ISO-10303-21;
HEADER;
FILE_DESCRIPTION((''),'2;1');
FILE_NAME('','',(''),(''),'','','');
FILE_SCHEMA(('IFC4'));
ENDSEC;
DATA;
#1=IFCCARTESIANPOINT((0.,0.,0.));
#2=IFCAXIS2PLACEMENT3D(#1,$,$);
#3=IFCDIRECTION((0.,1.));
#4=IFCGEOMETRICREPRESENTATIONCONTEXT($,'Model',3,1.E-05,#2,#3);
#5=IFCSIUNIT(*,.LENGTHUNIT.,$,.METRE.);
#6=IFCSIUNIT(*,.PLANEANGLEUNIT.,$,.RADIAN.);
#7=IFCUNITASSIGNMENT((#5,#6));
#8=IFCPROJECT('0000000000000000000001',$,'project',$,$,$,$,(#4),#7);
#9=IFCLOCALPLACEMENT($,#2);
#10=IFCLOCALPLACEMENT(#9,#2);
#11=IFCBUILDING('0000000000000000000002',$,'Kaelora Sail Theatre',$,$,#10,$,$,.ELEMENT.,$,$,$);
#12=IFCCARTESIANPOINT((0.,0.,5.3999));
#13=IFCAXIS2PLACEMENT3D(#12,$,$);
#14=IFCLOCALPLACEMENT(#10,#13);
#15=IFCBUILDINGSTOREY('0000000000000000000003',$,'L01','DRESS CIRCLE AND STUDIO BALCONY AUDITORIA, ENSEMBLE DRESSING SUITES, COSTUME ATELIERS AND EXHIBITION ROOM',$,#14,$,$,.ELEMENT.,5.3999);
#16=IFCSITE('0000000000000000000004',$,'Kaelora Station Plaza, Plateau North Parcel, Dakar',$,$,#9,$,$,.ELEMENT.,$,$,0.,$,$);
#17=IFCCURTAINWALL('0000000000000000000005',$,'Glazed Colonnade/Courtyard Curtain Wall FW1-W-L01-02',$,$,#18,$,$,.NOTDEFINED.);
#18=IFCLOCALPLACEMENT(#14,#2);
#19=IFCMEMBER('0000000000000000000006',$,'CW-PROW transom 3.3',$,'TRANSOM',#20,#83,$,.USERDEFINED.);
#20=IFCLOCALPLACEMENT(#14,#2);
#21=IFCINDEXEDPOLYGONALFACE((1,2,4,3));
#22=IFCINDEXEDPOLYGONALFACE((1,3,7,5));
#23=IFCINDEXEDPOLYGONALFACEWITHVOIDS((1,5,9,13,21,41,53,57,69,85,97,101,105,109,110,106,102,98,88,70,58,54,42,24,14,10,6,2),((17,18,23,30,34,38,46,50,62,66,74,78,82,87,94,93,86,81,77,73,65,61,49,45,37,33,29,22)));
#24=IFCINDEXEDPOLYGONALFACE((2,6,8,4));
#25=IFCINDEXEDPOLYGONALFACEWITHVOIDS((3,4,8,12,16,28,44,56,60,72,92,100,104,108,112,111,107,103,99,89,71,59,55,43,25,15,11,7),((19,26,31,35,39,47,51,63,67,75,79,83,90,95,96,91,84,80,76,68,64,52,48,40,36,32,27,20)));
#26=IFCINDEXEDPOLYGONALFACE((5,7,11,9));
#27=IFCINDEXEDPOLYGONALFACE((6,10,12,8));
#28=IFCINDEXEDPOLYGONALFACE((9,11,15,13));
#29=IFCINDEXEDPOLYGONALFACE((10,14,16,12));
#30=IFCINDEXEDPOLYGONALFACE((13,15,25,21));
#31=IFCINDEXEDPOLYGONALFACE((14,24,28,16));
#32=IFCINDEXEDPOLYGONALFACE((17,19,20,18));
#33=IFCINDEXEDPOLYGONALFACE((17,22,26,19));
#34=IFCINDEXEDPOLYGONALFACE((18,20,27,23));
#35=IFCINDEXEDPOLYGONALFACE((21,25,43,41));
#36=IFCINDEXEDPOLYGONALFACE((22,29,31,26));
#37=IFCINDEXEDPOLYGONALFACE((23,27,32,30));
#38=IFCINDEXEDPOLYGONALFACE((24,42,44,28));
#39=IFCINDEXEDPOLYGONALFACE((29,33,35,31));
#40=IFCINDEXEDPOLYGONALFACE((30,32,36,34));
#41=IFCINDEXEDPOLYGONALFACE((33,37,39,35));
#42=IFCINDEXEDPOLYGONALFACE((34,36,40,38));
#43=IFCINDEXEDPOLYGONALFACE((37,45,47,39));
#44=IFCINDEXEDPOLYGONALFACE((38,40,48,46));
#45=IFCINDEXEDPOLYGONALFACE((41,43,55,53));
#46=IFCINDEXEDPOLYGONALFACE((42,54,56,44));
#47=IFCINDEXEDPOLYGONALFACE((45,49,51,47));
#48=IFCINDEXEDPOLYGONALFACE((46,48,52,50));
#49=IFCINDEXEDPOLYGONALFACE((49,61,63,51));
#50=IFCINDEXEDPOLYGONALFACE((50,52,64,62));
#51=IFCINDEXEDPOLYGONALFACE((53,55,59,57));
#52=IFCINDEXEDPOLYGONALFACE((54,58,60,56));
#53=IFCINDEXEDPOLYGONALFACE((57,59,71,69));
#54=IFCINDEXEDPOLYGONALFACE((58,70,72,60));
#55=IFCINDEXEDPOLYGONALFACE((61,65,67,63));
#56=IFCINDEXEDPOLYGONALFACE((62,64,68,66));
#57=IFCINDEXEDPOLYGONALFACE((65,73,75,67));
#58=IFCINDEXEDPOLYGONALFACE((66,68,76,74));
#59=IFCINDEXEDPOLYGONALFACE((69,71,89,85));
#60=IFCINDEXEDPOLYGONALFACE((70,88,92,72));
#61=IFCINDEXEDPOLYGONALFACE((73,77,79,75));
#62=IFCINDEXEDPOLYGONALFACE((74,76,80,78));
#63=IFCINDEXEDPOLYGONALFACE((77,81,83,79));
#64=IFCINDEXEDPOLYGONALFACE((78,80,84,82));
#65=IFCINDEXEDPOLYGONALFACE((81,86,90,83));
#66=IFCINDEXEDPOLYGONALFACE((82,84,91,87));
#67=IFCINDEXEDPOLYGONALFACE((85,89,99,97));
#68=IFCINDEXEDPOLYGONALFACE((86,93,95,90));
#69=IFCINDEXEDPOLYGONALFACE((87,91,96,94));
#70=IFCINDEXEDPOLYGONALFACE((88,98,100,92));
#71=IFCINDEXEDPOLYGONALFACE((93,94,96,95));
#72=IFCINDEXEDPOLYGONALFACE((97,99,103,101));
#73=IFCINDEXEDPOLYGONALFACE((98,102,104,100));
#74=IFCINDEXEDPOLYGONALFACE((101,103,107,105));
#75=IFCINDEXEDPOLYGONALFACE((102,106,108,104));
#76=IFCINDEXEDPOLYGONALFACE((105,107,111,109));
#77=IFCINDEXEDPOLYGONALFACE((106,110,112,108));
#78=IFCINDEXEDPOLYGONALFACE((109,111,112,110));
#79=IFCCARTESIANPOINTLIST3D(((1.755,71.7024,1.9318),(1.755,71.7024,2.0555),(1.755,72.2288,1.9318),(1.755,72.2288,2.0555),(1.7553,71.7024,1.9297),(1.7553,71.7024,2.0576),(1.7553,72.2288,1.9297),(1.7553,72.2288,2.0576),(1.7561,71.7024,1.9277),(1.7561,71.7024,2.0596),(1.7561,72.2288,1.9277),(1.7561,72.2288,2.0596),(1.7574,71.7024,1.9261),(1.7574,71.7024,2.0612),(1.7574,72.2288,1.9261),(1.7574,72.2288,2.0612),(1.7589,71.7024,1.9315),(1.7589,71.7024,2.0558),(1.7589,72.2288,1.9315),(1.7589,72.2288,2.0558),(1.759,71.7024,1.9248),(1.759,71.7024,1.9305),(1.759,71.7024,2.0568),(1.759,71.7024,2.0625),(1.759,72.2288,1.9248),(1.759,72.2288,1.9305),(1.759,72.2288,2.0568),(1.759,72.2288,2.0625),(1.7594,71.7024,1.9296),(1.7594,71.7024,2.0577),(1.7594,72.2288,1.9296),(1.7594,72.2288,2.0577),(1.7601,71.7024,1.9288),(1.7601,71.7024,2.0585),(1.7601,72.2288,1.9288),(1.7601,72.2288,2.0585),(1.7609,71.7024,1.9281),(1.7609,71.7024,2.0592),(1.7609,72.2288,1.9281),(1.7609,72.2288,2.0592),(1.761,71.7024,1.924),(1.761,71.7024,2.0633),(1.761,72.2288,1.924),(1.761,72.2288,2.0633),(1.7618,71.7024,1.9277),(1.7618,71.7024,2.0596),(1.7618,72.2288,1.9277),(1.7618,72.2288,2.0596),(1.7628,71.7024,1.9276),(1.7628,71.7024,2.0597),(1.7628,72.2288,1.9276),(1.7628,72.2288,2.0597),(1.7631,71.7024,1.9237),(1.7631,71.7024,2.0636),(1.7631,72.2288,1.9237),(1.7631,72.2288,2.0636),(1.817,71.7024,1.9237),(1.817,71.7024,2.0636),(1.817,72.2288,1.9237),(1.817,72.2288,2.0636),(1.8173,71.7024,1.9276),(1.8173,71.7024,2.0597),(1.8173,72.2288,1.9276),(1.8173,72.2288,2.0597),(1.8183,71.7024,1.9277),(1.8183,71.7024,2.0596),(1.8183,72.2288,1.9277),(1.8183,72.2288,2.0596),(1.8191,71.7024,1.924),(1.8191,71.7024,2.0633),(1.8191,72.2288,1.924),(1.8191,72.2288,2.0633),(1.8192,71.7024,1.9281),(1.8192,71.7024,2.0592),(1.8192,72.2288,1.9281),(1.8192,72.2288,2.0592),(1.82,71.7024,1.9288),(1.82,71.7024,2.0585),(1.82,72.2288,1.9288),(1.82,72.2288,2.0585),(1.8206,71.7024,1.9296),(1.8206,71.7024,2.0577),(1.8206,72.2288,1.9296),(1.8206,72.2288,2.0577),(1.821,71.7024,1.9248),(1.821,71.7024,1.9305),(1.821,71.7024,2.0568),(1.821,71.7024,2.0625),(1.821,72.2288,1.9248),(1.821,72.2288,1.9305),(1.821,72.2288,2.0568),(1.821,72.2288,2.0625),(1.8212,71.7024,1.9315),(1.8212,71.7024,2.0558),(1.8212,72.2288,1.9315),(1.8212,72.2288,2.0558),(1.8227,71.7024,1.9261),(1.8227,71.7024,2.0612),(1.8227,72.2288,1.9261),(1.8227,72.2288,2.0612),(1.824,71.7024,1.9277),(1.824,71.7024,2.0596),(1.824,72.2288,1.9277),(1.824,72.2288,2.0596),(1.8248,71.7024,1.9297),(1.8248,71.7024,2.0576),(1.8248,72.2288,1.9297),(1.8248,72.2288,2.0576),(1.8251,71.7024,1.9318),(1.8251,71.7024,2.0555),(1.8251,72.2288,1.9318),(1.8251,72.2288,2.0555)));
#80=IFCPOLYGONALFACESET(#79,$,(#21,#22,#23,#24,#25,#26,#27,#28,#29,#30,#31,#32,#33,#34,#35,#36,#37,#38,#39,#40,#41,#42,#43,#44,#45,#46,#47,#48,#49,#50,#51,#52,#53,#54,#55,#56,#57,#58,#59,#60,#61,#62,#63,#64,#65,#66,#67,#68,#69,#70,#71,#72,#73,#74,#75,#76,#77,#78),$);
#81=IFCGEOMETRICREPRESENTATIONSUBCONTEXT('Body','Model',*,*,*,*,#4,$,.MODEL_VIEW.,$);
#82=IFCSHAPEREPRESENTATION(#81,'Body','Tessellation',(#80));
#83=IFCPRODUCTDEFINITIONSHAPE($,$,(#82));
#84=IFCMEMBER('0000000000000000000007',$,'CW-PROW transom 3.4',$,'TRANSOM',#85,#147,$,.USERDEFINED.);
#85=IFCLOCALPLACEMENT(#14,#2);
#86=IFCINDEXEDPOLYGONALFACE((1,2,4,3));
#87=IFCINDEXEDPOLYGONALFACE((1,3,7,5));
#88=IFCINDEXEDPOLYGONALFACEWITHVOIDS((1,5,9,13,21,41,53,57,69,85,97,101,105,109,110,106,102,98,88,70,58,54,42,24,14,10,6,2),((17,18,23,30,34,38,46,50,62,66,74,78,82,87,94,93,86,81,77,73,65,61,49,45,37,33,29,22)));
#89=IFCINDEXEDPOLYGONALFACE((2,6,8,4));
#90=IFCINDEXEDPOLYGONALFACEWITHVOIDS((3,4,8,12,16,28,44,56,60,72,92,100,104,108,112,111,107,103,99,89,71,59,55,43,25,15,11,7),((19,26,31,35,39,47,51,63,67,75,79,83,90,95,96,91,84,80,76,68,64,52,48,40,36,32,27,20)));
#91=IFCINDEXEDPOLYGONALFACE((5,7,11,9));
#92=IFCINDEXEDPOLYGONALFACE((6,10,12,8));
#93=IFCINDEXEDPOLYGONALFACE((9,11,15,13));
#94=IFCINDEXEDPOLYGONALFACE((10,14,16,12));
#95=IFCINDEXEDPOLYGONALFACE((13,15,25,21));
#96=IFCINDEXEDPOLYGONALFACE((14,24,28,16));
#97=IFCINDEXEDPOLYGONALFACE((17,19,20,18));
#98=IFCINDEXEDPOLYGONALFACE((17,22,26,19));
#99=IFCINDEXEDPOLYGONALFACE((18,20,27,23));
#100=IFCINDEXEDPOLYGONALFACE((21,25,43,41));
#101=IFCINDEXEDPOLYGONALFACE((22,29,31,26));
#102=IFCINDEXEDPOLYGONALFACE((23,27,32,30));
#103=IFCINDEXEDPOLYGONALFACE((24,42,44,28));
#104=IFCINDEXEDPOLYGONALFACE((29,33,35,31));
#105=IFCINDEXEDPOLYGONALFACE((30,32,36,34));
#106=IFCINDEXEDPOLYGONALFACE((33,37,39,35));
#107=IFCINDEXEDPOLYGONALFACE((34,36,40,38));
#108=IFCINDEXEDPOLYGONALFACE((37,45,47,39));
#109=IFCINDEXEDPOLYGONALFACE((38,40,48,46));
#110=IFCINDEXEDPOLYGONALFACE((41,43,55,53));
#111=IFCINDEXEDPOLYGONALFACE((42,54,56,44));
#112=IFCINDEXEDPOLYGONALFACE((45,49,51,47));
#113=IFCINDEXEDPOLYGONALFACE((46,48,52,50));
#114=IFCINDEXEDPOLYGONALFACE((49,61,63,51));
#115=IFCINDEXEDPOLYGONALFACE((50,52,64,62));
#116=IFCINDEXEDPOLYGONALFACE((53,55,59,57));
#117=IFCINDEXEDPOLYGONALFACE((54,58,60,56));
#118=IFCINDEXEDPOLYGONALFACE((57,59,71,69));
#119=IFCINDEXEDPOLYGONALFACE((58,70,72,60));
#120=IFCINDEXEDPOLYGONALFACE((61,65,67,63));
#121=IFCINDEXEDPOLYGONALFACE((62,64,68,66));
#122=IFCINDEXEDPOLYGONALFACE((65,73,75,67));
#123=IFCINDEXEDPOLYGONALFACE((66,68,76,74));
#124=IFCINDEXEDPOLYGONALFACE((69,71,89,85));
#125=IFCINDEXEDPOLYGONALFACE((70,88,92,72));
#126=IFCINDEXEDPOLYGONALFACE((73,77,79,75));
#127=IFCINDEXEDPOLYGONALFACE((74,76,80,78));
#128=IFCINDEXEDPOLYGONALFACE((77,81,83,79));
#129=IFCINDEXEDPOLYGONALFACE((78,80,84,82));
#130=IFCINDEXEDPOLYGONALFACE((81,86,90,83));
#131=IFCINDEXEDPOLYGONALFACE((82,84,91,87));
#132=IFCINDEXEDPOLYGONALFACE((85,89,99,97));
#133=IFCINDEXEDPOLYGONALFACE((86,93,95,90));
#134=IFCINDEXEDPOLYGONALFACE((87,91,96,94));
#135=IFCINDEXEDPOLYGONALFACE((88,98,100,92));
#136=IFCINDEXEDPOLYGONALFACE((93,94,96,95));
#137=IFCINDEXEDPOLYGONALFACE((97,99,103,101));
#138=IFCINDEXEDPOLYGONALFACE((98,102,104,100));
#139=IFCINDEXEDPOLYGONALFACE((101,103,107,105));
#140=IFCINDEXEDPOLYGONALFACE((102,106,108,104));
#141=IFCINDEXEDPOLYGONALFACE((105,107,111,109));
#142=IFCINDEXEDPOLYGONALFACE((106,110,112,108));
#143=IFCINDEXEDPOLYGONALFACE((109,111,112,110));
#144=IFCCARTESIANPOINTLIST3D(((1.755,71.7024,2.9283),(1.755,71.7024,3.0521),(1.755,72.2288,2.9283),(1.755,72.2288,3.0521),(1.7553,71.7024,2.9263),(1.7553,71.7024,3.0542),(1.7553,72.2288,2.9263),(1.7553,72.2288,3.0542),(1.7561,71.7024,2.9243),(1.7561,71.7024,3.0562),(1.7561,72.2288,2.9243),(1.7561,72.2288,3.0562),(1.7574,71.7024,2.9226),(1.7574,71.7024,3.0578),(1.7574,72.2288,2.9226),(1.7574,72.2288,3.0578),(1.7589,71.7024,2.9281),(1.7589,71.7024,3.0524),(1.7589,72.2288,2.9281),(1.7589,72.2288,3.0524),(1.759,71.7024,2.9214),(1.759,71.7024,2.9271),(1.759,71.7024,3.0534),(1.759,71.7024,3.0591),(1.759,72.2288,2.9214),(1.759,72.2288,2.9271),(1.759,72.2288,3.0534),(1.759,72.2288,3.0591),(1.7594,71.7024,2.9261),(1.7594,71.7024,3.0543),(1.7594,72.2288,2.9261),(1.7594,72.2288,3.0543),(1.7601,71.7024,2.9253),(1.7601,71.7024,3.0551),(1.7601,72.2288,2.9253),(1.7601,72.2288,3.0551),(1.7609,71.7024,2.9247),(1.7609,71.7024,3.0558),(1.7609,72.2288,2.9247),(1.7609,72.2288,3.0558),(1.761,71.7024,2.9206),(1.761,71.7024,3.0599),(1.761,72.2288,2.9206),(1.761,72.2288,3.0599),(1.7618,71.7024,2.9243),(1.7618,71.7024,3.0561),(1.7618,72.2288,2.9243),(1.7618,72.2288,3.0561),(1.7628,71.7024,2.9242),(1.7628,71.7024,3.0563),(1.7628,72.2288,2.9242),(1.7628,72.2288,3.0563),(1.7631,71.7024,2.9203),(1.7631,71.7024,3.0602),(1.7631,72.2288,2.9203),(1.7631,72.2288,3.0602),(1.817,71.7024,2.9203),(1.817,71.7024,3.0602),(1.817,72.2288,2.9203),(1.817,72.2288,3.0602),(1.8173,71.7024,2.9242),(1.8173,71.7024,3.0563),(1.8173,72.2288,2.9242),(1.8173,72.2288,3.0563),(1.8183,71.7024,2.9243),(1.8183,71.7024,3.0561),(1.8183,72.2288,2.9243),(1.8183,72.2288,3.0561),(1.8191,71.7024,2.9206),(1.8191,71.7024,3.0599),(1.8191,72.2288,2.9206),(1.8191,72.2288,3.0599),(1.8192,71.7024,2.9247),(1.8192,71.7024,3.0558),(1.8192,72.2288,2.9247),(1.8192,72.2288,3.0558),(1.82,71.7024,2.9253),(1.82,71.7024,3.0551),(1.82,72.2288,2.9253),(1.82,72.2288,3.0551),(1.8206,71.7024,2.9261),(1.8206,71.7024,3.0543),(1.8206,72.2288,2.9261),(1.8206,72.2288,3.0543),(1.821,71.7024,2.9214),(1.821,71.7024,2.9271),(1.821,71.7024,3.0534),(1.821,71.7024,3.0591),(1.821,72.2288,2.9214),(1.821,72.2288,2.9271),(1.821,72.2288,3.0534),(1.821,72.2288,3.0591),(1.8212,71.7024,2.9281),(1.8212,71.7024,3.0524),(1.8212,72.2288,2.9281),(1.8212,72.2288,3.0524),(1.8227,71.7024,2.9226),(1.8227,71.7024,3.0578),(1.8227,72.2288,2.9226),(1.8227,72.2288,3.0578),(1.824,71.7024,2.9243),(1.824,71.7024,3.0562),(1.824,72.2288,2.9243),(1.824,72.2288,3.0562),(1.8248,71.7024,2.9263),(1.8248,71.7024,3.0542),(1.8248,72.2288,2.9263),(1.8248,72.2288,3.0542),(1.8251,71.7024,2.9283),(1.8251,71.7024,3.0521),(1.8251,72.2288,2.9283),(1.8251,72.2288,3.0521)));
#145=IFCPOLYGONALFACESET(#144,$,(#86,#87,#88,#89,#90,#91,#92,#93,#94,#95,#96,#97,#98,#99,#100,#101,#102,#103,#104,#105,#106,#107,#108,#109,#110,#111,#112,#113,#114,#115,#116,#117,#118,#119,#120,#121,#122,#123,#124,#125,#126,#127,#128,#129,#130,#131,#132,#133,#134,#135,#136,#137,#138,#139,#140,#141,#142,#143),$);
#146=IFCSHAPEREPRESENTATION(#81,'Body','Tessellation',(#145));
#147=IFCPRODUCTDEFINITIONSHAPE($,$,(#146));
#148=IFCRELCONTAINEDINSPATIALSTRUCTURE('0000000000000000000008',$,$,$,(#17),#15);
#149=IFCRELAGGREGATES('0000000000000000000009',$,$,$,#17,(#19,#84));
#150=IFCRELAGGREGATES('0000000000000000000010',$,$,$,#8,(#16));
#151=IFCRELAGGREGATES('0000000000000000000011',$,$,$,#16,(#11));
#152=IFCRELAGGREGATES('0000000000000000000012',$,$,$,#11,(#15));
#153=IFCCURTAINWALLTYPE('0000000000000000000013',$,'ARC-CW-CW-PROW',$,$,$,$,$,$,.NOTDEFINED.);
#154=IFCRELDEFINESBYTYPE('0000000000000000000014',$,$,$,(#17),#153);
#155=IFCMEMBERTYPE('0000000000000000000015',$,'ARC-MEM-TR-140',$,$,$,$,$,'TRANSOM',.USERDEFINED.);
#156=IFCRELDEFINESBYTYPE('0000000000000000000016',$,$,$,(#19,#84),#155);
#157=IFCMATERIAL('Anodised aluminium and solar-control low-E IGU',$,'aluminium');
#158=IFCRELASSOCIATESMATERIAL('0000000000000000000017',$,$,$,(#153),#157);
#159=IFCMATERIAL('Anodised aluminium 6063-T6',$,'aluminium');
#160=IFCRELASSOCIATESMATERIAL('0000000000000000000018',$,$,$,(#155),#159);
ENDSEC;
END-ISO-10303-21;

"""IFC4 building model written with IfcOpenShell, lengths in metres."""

from ifc_helpers import new_model, si_unit, direction, frame, origin, origin_2d, place, context, subcontext, project, spatial, hollow_rectangle, extrude, material, material_profile, profile_set, type_object, element, aggregate, save


model = new_model("IFC4")

# Units and contexts
model_context = context("Model", 3, precision=1e-05, world=origin(), true_north=direction((0.0, 1.0)))
body_context = subcontext(model_context, "Body", "Model", "MODEL_VIEW")
ifc_project = project(units=[si_unit("LENGTHUNIT", "METRE"), si_unit("PLANEANGLEUNIT", "RADIAN")], contexts=[model_context])

# Site, building, storey
site_placement = place(None, origin())
site = spatial("IfcSite", under=ifc_project, at=site_placement, Name="Kaelora Station Plaza, Plateau North Parcel, Dakar", CompositionType="ELEMENT", RefElevation=0.0)
building_placement = place(site_placement, origin())
building = spatial("IfcBuilding", under=site, at=building_placement, Name="Kaelora Sail Theatre", CompositionType="ELEMENT")
storey_placement = place(building_placement, frame((0.0, 0.0, 5.3999)))
storey = spatial("IfcBuildingStorey", under=building, at=storey_placement, Name="L01", Description="DRESS CIRCLE AND STUDIO BALCONY AUDITORIA, ENSEMBLE DRESSING SUITES, COSTUME ATELIERS AND EXHIBITION ROOM", CompositionType="ELEMENT", Elevation=5.3999)

# Curtain wall, members
ifc_material_1 = material(Name="Anodised aluminium and solar-control low-E IGU", Category="aluminium")
curtain_wall_type = type_object("IfcCurtainWallType", Name="ARC-CW-CW-PROW", PredefinedType="NOTDEFINED", material=ifc_material_1)
ifc_material_2 = material(Name="Anodised aluminium 6063-T6", Category="aluminium")
ifc_material_profile = material_profile(ifc_material_2, hollow_rectangle(XDim=0.0701, YDim=0.1399, WallThickness=0.0039, InnerFilletRadius=0.0039, OuterFilletRadius=0.0081, at=origin_2d()), Name="ALU-TRAN 70x140x4")
ifc_profile_set = profile_set([ifc_material_profile], Name="Anodised aluminium 6063-T6")
member_type = type_object("IfcMemberType", Name="ARC-MEM-TR-140", ElementType="TRANSOM", PredefinedType="USERDEFINED", material=ifc_profile_set)
curtain_wall_1_placement = place(storey_placement, origin())
curtain_wall_1 = element("IfcCurtainWall", 1, at=curtain_wall_1_placement, inside=storey, type_object=curtain_wall_type, Name="Glazed Colonnade/Courtyard Curtain Wall FW1-W-L01-02", PredefinedType="NOTDEFINED")
member_1_placement = place(storey_placement, frame((1.79, 71.7024, 1.9937), z_axis=(0.0, 1.0, 0.0), x_axis=(-1.0, 0.0, 0.0)))
member_1 = element("IfcMember", 2, at=member_1_placement, type_object=member_type, Name="CW-PROW transom 3.3", ObjectType="TRANSOM", PredefinedType="USERDEFINED", context=body_context, shape_type="SweptSolid", body=[
    extrude(hollow_rectangle(XDim=0.0701, YDim=0.1399, WallThickness=0.0039, InnerFilletRadius=0.0039, OuterFilletRadius=0.0081, at=origin_2d()), origin(), (0.0, 0.0, 1.0), 0.5264),
])
member_2_placement = place(storey_placement, frame((1.79, 71.7024, 2.9902), z_axis=(0.0, 1.0, 0.0), x_axis=(-1.0, 0.0, 0.0)))
member_2 = element("IfcMember", 3, at=member_2_placement, type_object=member_type, Name="CW-PROW transom 3.4", ObjectType="TRANSOM", PredefinedType="USERDEFINED", context=body_context, shape_type="SweptSolid", body=[
    extrude(hollow_rectangle(XDim=0.0701, YDim=0.1399, WallThickness=0.0039, InnerFilletRadius=0.0039, OuterFilletRadius=0.0081, at=origin_2d()), origin(), (0.0, 0.0, 1.0), 0.5264),
])

aggregate(curtain_wall_1, [member_1, member_2])

save(model, "model.ifc")
